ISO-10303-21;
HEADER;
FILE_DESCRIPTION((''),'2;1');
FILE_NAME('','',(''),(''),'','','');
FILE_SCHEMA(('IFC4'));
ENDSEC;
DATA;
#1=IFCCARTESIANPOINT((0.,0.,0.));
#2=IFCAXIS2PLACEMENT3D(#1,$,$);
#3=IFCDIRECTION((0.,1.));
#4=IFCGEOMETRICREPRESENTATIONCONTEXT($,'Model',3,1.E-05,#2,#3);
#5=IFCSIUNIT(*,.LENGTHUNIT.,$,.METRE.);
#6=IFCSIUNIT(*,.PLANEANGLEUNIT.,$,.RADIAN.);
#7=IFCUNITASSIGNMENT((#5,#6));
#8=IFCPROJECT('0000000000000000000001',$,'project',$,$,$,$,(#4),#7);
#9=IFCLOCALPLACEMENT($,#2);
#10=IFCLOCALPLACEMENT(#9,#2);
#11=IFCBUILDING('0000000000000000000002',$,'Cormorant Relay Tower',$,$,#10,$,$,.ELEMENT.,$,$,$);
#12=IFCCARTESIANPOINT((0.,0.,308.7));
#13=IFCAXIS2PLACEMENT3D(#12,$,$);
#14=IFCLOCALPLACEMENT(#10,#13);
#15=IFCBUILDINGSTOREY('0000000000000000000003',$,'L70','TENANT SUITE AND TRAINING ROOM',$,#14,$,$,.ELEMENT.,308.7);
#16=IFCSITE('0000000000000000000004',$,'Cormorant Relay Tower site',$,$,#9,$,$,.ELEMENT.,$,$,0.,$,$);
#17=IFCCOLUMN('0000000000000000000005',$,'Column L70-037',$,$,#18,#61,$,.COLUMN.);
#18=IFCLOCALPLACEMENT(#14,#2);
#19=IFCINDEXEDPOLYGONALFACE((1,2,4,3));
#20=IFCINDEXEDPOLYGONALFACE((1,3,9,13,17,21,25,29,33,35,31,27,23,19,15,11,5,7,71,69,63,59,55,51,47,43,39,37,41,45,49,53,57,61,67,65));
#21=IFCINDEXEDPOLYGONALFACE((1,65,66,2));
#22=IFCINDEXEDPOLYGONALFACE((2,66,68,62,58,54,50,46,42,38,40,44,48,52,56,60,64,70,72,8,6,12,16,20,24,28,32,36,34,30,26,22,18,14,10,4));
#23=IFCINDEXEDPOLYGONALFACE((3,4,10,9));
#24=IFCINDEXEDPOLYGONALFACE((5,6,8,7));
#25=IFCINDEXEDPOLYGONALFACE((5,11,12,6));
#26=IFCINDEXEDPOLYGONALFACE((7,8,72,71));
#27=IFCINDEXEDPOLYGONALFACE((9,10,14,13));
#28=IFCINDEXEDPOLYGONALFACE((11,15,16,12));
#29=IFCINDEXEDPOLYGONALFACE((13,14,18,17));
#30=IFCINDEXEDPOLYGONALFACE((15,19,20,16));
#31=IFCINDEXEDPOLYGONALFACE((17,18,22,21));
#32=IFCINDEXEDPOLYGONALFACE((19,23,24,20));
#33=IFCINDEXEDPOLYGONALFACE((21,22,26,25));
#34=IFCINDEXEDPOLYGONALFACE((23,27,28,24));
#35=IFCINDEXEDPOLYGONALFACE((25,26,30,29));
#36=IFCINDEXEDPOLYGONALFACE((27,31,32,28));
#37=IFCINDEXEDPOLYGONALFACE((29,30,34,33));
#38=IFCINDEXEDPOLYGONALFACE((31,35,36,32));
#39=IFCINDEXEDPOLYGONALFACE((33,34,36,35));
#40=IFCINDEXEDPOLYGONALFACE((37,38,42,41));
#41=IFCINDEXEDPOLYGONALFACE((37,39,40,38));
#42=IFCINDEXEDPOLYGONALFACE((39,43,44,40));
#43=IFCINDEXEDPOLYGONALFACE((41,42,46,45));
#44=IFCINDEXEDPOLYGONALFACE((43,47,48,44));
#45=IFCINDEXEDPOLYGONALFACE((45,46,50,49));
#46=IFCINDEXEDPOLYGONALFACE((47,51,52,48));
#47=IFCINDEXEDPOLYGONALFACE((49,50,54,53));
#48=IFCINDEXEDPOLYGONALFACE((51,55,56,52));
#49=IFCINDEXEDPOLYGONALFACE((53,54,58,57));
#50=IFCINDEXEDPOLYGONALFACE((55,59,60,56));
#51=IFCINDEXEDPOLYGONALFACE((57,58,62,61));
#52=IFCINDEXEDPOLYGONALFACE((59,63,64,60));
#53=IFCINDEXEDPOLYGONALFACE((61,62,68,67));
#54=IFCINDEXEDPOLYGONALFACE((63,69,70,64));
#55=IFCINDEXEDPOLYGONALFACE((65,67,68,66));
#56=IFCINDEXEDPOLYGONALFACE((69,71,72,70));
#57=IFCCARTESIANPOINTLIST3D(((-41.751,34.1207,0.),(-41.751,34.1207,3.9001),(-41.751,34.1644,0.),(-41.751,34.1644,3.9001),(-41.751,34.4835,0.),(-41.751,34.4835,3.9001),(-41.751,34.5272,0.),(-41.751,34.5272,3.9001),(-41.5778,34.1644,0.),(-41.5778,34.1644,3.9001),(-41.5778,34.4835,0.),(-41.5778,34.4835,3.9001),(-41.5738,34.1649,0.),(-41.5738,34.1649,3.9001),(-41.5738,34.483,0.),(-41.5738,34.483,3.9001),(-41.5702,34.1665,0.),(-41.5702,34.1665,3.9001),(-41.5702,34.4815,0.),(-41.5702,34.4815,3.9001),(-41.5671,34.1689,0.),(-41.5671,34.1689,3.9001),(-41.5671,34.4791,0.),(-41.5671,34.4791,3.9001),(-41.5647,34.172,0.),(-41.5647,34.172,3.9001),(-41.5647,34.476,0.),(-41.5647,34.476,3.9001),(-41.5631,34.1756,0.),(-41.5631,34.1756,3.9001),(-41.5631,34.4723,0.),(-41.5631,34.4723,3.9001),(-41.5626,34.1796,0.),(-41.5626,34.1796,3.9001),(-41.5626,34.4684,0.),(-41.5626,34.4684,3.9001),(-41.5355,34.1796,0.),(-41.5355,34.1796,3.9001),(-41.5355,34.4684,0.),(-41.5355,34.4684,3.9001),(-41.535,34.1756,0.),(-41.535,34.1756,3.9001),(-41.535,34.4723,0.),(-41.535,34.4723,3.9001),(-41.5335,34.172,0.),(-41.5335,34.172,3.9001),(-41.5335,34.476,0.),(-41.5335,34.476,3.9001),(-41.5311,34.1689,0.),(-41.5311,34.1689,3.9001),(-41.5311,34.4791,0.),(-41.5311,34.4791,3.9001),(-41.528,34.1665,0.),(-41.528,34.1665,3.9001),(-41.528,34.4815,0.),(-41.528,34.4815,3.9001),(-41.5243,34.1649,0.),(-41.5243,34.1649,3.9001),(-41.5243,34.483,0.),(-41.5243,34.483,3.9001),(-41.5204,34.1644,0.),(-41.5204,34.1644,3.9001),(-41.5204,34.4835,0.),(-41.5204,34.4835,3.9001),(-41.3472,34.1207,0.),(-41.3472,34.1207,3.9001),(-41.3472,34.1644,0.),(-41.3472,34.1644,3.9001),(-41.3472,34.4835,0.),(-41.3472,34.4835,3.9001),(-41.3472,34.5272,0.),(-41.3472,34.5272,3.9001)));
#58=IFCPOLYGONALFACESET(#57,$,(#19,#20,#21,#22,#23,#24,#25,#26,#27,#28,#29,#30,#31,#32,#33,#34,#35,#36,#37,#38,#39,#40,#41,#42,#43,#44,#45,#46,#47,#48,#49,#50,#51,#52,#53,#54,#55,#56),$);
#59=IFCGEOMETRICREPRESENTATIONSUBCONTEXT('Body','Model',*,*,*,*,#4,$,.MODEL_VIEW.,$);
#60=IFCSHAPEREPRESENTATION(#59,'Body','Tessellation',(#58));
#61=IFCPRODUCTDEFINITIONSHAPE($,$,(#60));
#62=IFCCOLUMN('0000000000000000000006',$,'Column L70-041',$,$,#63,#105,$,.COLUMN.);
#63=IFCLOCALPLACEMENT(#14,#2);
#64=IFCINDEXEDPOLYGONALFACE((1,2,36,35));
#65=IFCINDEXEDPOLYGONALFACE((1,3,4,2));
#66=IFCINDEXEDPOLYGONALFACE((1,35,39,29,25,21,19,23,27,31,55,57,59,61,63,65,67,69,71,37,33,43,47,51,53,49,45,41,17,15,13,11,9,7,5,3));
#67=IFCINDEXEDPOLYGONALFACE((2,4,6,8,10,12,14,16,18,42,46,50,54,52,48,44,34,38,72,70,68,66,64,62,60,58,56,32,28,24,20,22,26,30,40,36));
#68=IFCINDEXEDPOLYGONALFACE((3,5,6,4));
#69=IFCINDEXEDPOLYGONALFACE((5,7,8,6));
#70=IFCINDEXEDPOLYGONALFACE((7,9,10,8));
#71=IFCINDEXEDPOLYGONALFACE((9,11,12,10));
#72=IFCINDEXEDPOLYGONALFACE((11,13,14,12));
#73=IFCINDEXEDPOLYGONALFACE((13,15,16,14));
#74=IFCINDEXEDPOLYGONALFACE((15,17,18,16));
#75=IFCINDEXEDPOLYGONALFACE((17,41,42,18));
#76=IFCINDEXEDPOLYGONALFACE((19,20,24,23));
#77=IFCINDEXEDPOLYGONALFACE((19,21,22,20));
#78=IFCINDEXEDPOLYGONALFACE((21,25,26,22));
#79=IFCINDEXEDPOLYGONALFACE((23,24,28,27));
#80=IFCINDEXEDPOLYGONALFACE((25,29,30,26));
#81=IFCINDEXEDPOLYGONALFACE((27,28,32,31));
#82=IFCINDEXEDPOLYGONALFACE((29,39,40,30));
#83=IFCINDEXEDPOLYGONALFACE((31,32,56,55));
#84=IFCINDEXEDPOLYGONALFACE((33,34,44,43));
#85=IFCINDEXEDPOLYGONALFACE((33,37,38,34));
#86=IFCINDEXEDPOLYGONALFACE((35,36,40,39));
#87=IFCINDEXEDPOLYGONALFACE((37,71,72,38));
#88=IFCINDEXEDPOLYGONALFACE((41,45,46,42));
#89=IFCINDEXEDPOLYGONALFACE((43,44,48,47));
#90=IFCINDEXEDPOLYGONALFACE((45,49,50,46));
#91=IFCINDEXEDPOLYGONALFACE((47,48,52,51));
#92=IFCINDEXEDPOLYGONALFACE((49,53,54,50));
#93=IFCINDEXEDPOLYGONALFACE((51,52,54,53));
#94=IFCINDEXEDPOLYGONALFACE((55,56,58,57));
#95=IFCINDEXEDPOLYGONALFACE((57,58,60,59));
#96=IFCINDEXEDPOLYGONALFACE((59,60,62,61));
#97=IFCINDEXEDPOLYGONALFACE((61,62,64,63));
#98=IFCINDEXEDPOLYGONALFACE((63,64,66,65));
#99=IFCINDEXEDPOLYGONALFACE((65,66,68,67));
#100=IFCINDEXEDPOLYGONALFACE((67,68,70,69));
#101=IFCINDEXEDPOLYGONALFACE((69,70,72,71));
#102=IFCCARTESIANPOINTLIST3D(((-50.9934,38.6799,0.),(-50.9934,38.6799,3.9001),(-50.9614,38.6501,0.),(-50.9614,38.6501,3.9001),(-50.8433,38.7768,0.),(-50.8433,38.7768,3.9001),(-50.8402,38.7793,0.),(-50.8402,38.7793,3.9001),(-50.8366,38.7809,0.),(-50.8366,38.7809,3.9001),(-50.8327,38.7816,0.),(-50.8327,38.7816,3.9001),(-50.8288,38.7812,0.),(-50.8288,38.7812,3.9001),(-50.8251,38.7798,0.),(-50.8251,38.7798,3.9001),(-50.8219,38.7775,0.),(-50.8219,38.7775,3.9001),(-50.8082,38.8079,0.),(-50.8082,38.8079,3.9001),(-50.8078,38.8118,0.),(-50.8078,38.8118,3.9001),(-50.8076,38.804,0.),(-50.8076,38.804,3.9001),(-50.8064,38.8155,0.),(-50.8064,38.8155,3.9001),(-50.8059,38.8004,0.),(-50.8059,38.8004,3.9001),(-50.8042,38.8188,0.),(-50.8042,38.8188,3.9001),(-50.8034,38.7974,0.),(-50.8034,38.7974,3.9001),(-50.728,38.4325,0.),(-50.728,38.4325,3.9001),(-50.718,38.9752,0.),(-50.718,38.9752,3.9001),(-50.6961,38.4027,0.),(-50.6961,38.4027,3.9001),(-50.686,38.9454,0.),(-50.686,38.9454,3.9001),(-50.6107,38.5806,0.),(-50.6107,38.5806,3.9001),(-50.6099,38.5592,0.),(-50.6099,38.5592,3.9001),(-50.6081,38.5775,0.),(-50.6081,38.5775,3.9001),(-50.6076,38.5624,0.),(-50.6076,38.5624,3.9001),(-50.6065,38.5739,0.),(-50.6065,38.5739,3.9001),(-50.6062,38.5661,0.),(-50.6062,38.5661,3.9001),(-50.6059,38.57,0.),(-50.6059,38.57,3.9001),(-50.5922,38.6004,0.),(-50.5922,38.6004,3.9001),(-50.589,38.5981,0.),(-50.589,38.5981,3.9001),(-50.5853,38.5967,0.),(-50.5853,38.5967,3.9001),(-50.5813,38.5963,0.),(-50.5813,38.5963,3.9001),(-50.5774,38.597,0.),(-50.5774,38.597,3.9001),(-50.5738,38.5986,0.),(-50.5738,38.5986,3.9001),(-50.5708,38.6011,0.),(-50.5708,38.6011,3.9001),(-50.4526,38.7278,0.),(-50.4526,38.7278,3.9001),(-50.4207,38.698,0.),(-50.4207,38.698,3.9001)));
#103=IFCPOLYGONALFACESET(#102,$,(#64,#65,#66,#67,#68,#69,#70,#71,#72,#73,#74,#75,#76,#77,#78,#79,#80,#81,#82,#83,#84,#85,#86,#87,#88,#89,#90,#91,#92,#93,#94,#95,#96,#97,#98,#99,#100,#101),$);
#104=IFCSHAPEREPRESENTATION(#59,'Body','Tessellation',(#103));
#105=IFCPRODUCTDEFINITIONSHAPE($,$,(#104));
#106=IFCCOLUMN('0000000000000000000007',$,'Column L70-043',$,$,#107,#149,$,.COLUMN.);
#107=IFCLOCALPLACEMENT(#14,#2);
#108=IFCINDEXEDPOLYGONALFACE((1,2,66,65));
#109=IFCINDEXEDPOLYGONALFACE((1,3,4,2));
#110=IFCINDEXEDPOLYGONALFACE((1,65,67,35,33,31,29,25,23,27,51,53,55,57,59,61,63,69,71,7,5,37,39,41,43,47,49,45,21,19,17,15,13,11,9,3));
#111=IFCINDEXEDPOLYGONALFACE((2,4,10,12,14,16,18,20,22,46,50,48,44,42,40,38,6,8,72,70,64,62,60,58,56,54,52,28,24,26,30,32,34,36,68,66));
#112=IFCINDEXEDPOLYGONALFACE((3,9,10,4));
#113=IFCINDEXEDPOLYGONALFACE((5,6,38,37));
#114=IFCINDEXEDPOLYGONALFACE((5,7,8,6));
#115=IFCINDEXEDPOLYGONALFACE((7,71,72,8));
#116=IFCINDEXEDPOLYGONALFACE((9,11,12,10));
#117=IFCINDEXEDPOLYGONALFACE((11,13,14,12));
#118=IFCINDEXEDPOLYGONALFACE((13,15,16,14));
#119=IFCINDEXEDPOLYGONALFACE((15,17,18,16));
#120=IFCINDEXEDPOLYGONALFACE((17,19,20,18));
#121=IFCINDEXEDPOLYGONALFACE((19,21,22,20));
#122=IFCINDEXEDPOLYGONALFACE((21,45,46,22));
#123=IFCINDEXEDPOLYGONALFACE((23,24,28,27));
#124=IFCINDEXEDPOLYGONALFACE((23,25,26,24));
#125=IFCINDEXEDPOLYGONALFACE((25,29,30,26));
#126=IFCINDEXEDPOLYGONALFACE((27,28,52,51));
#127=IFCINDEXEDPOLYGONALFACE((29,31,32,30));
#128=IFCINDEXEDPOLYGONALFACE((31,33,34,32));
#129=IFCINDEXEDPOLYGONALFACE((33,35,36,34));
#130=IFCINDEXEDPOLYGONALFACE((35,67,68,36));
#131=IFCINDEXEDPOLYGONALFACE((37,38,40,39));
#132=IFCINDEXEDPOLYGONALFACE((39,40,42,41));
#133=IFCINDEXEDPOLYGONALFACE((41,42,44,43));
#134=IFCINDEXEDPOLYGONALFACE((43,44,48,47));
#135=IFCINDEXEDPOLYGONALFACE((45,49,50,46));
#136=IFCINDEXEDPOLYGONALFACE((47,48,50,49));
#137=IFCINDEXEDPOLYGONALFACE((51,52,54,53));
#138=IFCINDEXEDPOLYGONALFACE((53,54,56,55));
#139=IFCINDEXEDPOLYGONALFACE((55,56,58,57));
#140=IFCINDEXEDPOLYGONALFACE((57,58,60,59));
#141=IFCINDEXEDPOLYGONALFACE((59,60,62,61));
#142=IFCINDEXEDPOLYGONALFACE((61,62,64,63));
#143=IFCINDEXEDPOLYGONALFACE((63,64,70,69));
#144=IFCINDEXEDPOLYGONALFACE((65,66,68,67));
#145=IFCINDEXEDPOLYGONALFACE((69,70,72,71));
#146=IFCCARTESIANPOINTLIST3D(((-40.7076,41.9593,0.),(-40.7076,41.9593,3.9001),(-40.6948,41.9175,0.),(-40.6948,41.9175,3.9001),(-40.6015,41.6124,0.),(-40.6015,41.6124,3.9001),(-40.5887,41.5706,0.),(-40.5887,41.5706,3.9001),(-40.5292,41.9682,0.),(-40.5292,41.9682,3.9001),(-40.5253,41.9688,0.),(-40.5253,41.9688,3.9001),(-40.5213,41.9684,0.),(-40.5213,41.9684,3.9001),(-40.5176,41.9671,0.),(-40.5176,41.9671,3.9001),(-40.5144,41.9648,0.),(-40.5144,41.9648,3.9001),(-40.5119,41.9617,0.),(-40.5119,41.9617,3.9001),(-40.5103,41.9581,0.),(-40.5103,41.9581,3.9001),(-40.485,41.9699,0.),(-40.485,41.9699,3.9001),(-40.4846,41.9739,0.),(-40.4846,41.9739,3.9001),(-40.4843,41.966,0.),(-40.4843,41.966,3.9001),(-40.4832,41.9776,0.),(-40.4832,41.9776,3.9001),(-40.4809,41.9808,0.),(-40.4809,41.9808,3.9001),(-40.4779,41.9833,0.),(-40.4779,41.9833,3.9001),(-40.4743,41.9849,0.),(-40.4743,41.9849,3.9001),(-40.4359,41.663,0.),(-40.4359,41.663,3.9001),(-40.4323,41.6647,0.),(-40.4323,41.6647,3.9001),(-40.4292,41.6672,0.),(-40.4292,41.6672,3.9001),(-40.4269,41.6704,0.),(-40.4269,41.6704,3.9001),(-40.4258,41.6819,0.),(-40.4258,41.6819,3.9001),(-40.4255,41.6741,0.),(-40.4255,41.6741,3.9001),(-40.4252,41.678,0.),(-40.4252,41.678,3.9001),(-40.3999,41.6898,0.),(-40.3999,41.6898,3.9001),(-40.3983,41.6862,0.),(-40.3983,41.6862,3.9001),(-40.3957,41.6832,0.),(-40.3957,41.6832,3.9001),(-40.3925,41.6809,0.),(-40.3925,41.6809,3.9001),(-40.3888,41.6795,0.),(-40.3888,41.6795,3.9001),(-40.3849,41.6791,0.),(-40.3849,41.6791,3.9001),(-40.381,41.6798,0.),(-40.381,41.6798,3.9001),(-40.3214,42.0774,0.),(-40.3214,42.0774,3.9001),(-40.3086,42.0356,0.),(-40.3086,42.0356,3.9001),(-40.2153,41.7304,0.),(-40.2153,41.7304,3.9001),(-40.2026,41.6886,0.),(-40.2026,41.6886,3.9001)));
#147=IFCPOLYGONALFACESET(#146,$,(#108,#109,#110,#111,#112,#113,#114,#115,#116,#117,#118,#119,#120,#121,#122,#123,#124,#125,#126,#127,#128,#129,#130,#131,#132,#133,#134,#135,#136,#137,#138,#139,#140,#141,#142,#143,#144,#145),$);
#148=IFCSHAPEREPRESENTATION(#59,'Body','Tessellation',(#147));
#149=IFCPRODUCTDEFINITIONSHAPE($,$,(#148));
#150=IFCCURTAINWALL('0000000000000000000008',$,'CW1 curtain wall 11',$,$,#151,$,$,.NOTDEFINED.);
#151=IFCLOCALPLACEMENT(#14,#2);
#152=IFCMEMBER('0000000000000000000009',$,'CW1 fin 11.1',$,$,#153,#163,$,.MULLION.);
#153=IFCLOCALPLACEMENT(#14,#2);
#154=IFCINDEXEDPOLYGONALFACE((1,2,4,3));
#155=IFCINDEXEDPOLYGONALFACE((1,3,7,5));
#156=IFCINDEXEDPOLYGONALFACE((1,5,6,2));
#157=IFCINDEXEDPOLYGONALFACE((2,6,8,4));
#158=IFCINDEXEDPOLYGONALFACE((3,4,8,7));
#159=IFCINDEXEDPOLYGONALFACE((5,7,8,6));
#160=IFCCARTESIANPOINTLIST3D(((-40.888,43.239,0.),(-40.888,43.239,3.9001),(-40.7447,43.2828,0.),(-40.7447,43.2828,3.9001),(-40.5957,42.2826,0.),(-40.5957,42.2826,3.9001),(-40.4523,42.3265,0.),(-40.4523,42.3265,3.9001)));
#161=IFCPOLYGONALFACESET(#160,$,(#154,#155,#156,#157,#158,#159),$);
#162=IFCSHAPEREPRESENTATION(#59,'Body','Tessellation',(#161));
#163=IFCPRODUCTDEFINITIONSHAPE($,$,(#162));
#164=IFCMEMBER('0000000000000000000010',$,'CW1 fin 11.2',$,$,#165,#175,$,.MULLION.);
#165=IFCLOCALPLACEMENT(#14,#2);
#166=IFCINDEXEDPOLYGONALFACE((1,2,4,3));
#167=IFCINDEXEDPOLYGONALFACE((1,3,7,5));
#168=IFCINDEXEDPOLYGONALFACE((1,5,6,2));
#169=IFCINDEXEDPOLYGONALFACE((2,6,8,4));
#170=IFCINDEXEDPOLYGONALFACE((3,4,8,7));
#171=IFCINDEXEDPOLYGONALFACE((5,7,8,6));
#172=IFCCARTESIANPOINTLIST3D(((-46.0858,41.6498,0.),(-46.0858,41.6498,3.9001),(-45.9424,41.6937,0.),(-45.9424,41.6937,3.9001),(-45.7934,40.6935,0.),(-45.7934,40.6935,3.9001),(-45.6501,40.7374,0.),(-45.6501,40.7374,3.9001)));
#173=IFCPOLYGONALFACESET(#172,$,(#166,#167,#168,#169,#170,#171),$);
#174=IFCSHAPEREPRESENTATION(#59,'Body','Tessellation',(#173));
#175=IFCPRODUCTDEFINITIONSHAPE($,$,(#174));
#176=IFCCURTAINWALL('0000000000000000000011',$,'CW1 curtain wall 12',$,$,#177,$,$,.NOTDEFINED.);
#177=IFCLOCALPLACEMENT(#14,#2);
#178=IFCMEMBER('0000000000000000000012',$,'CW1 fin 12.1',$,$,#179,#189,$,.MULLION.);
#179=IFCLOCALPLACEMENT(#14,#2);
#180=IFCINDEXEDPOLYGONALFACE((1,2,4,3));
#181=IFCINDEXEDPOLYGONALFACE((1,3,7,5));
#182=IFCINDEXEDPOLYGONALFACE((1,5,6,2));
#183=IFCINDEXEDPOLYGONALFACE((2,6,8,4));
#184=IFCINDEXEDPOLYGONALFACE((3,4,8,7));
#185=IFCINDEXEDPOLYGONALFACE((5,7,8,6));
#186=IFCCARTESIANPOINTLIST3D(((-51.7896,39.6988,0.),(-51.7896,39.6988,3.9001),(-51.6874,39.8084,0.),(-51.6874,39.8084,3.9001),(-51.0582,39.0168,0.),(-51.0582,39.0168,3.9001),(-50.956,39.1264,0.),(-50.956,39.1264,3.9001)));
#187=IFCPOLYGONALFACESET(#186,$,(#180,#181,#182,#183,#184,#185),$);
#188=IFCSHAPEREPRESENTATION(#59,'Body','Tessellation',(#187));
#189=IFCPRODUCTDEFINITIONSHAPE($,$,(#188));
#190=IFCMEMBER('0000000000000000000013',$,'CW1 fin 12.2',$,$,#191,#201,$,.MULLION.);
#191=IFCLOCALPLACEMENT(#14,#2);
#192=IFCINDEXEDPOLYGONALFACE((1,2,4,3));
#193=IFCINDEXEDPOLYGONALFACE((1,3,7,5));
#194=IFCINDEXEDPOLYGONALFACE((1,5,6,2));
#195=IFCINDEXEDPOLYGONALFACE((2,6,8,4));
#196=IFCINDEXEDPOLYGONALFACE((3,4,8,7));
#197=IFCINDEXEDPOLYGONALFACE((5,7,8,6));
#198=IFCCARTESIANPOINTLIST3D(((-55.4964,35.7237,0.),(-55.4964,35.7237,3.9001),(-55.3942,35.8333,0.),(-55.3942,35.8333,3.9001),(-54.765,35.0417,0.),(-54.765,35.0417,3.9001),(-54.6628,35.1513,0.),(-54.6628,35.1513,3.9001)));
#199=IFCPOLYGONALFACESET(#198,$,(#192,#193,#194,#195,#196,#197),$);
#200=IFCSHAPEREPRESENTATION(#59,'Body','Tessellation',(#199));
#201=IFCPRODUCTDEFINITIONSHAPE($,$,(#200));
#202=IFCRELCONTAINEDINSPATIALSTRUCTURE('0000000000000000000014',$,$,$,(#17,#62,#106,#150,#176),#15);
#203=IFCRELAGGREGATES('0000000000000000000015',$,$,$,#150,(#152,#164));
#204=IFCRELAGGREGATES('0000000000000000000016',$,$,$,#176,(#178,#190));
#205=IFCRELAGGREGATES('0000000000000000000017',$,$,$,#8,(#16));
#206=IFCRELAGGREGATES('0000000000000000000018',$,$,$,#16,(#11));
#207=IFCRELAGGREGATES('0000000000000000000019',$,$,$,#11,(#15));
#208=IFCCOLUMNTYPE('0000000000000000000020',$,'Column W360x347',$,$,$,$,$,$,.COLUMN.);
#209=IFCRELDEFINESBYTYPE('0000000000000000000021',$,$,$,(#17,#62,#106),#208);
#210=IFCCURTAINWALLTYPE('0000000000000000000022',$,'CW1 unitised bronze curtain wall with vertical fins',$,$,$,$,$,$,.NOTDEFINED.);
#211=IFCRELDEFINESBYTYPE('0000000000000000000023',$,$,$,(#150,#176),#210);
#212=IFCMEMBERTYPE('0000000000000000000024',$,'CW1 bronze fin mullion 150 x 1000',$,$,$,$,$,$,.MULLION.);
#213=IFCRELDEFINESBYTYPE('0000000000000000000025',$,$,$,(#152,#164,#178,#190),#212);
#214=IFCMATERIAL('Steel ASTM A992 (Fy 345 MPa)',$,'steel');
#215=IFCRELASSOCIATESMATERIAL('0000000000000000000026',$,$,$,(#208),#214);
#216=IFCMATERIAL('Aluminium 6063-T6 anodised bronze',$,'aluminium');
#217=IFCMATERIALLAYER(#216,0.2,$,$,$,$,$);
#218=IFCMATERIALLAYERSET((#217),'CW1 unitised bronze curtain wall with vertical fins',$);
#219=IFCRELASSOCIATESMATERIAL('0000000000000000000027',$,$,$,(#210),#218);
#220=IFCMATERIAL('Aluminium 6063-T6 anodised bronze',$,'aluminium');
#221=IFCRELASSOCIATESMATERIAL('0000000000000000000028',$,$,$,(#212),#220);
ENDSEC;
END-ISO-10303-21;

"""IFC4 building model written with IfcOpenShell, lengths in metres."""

from ifc_helpers import new_model, si_unit, direction, frame, origin, origin_2d, place, context, subcontext, project, spatial, rectangle, i_section, extrude, material, layer, layer_set, material_profile, profile_set, type_object, element, aggregate, save


model = new_model("IFC4")

# Units and contexts
model_context = context("Model", 3, precision=1e-05, world=origin(), true_north=direction((0.0, 1.0)))
body_context = subcontext(model_context, "Body", "Model", "MODEL_VIEW")
ifc_project = project(units=[si_unit("LENGTHUNIT", "METRE"), si_unit("PLANEANGLEUNIT", "RADIAN")], contexts=[model_context])

# Site, building, storey
site_placement = place(None, origin())
site = spatial("IfcSite", under=ifc_project, at=site_placement, Name="Cormorant Relay Tower site", CompositionType="ELEMENT", RefElevation=0.0)
building_placement = place(site_placement, origin())
building = spatial("IfcBuilding", under=site, at=building_placement, Name="Cormorant Relay Tower", CompositionType="ELEMENT")
storey_placement = place(building_placement, frame((0.0, 0.0, 308.7)))
storey = spatial("IfcBuildingStorey", under=building, at=storey_placement, Name="L70", Description="TENANT SUITE AND TRAINING ROOM", CompositionType="ELEMENT", Elevation=308.7)

# Columns
ifc_material_1 = material(Name="Steel ASTM A992 (Fy 345 MPa)", Category="steel")
ifc_material_profile_1 = material_profile(ifc_material_1, i_section(OverallWidth=0.4038, OverallDepth=0.4065, WebThickness=0.0271, FlangeThickness=0.0437, FilletRadius=0.0151, at=origin_2d()), Name="W360x347")
ifc_profile_set_1 = profile_set([ifc_material_profile_1], Name="Steel ASTM A992 (Fy 345 MPa)")
column_type = type_object("IfcColumnType", Name="Column W360x347", PredefinedType="COLUMN", material=ifc_profile_set_1)
for number, where, z_axis, x_axis, name in (
    (1, (-41.5491, 34.324, 0.0), (0.0, 0.0, 1.0), (1.0, 0.0, 0.0), "Column L70-037"),
    (2, (-50.707, 38.689, 0.0), (0.0, 0.0, 1.0), (-0.681998, -0.731354, 0.0), "Column L70-041"),
    (3, (-40.4551, 41.824, 0.0), (0.0, 0.0, 1.0), (-0.956305, -0.292372, 0.0), "Column L70-043"),
):
    element("IfcColumn", number, at=place(storey_placement, frame(where, z_axis=z_axis, x_axis=x_axis)), inside=storey, type_object=column_type, Name=name, PredefinedType="COLUMN", context=body_context, shape_type="SweptSolid", body=[
        extrude(i_section(OverallWidth=0.4038, OverallDepth=0.4065, WebThickness=0.0271, FlangeThickness=0.0437, FilletRadius=0.0151, at=origin_2d()), origin(), (0.0, 0.0, 1.0), 3.9001),
    ])

# Curtain walls, members
ifc_material_2 = material(Name="Aluminium 6063-T6 anodised bronze", Category="aluminium")
ifc_layer_1 = layer(ifc_material_2, 0.2)
ifc_layer_set_1 = layer_set([ifc_layer_1], Name="CW1 unitised bronze curtain wall with vertical fins")
curtain_wall_type = type_object("IfcCurtainWallType", Name="CW1 unitised bronze curtain wall with vertical fins", PredefinedType="NOTDEFINED", material=ifc_layer_set_1)
curtain_wall_1_placement = place(storey_placement, origin())
curtain_wall_1 = element("IfcCurtainWall", 4, at=curtain_wall_1_placement, inside=storey, type_object=curtain_wall_type, Name="CW1 curtain wall 11", PredefinedType="NOTDEFINED")
ifc_material_3 = material(Name="Aluminium 6063-T6 anodised bronze", Category="aluminium")
ifc_material_profile_2 = material_profile(ifc_material_3, rectangle(XDim=0.1499, YDim=1.0, at=origin_2d()), Name="AL 150x1000")
ifc_profile_set_2 = profile_set([ifc_material_profile_2], Name="Aluminium 6063-T6 anodised bronze")
member_type_1 = type_object("IfcMemberType", Name="CW1 bronze fin mullion 150 x 1000", PredefinedType="MULLION", material=ifc_profile_set_2)
member_1_placement = place(storey_placement, frame((-40.6702, 42.7827, 0.0), z_axis=(0.0, 0.0, 1.0), x_axis=(-0.956305, -0.292372, 0.0)))
member_1 = element("IfcMember", 5, at=member_1_placement, type_object=member_type_1, Name="CW1 fin 11.1", PredefinedType="MULLION", context=body_context, shape_type="SweptSolid", body=[
    extrude(rectangle(XDim=0.1499, YDim=1.0, at=origin_2d()), origin(), (0.0, 0.0, 1.0), 3.9001),
])
member_2_placement = place(storey_placement, frame((-45.8679, 41.1936, 0.0), z_axis=(0.0, 0.0, 1.0), x_axis=(-0.956305, -0.292372, 0.0)))
member_2 = element("IfcMember", 6, at=member_2_placement, type_object=member_type_1, Name="CW1 fin 11.2", PredefinedType="MULLION", context=body_context, shape_type="SweptSolid", body=[
    extrude(rectangle(XDim=0.1499, YDim=1.0, at=origin_2d()), origin(), (0.0, 0.0, 1.0), 3.9001),
])
curtain_wall_2_placement = place(storey_placement, origin())
curtain_wall_2 = element("IfcCurtainWall", 7, at=curtain_wall_2_placement, inside=storey, type_object=curtain_wall_type, Name="CW1 curtain wall 12", PredefinedType="NOTDEFINED")
member_3_placement = place(storey_placement, frame((-51.3728, 39.4126, 0.0), z_axis=(0.0, 0.0, 1.0), x_axis=(-0.681998, -0.731354, 0.0)))
member_3 = element("IfcMember", 8, at=member_3_placement, type_object=member_type_1, Name="CW1 fin 12.1", PredefinedType="MULLION", context=body_context, shape_type="SweptSolid", body=[
    extrude(rectangle(XDim=0.1499, YDim=1.0, at=origin_2d()), origin(), (0.0, 0.0, 1.0), 3.9001),
])
member_4_placement = place(storey_placement, frame((-55.0796, 35.4375, 0.0), z_axis=(0.0, 0.0, 1.0), x_axis=(-0.681998, -0.731354, 0.0)))
member_4 = element("IfcMember", 9, at=member_4_placement, type_object=member_type_1, Name="CW1 fin 12.2", PredefinedType="MULLION", context=body_context, shape_type="SweptSolid", body=[
    extrude(rectangle(XDim=0.1499, YDim=1.0, at=origin_2d()), origin(), (0.0, 0.0, 1.0), 3.9001),
])

aggregate(curtain_wall_1, [member_1, member_2])
aggregate(curtain_wall_2, [member_3, member_4])

save(model, "model.ifc")
